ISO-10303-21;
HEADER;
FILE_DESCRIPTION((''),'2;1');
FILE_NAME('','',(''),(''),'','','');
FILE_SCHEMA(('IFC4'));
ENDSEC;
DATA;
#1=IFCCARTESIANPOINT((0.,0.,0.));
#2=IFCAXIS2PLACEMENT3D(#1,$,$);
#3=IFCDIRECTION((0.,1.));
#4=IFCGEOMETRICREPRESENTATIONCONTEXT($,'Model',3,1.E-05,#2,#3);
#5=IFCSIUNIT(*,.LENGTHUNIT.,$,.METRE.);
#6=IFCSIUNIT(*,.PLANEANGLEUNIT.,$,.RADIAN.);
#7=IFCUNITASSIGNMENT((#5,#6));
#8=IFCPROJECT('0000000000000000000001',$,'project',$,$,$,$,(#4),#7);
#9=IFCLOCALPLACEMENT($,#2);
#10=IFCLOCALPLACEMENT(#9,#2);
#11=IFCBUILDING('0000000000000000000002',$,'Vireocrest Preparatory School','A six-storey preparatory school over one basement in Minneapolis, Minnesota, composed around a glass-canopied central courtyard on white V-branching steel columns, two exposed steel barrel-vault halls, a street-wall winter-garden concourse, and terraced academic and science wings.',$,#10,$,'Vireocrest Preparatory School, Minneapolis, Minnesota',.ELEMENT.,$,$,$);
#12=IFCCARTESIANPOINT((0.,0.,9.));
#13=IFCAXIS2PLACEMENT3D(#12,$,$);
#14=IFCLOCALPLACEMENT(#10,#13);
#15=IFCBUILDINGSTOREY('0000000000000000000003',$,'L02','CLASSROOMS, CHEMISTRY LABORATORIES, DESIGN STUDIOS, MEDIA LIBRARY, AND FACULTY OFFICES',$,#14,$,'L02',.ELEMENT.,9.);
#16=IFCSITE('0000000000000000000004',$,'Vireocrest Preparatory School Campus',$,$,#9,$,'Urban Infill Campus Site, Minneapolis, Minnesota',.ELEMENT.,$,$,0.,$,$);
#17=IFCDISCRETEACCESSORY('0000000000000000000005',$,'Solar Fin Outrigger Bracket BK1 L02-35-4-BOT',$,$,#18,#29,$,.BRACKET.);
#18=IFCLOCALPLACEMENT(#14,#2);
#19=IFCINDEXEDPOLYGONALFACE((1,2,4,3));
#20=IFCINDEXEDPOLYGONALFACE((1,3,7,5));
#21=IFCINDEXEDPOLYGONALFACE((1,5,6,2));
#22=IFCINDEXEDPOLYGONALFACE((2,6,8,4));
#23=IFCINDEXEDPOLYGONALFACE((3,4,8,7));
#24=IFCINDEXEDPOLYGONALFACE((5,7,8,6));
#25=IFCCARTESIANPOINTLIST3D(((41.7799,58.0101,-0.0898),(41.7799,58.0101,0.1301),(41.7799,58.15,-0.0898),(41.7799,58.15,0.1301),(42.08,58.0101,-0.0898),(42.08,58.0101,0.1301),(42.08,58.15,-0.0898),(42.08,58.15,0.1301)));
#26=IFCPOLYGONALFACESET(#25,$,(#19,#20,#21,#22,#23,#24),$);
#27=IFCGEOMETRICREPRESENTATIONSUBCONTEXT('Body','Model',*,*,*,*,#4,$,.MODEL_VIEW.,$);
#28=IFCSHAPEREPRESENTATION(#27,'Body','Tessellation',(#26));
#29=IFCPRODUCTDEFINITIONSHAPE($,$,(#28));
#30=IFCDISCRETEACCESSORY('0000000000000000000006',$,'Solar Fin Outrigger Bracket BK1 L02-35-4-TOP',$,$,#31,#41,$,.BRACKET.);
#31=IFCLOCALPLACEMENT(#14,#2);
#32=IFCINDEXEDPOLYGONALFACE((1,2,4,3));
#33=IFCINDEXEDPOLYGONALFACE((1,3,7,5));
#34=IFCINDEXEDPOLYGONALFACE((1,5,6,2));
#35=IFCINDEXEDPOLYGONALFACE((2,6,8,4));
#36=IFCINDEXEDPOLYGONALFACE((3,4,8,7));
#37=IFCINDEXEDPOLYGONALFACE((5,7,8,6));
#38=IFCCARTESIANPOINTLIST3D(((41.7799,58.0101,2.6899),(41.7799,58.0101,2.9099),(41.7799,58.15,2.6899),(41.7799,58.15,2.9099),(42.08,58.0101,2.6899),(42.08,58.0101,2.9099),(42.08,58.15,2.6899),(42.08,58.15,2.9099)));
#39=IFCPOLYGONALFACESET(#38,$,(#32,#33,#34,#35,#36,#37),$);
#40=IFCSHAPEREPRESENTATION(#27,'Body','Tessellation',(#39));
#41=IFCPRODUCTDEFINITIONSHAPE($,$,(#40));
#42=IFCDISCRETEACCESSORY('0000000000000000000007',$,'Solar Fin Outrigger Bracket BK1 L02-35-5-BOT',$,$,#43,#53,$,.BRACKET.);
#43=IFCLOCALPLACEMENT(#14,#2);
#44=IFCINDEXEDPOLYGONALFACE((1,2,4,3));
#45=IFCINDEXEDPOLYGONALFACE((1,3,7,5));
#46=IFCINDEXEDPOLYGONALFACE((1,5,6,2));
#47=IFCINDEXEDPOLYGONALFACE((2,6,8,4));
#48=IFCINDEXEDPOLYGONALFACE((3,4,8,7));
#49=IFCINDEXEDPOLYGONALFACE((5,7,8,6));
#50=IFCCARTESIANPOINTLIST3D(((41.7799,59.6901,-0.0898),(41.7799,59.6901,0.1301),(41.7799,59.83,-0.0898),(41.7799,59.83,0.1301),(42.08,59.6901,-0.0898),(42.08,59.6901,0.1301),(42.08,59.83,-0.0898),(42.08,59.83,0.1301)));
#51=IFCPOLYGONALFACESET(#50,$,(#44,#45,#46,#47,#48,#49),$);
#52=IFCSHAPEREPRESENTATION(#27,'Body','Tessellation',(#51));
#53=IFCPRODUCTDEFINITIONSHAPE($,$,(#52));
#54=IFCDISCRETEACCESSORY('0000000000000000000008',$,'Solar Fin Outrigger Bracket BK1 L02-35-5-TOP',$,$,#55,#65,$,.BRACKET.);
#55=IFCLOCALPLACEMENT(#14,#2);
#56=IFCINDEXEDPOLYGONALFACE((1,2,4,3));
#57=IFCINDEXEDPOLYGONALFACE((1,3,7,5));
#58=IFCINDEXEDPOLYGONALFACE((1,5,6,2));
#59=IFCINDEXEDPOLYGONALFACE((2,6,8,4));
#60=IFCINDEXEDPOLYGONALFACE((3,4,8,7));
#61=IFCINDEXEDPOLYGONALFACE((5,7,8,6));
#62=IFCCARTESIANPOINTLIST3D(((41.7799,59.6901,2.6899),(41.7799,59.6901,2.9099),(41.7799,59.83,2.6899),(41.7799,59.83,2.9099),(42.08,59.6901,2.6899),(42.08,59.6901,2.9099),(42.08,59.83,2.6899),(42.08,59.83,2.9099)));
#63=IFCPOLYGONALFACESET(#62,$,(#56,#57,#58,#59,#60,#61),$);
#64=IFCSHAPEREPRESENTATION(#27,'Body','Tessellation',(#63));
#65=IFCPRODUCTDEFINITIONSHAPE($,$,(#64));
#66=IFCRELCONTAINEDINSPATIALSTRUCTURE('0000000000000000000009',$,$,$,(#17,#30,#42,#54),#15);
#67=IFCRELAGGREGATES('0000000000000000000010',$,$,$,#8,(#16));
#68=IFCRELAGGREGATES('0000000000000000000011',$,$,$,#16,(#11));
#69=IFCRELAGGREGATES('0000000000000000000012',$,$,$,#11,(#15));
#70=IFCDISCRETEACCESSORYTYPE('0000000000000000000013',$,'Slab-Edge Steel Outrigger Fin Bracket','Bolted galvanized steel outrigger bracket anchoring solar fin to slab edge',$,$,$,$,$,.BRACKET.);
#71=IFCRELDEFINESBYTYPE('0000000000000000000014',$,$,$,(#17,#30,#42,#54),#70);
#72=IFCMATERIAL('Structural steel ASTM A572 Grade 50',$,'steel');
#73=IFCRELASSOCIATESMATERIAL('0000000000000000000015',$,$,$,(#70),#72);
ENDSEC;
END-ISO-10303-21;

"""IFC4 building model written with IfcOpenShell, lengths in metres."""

from ifc_helpers import new_model, si_unit, direction, frame, origin, origin_2d, place, context, subcontext, project, spatial, rectangle, extrude, material, type_object, element, save


model = new_model("IFC4")

# Units and contexts
model_context = context("Model", 3, precision=1e-05, world=origin(), true_north=direction((0.0, 1.0)))
body_context = subcontext(model_context, "Body", "Model", "MODEL_VIEW")
ifc_project = project(units=[si_unit("LENGTHUNIT", "METRE"), si_unit("PLANEANGLEUNIT", "RADIAN")], contexts=[model_context])

# Site, building, storey
site_placement = place(None, origin())
site = spatial("IfcSite", under=ifc_project, at=site_placement, Name="Vireocrest Preparatory School Campus", LongName="Urban Infill Campus Site, Minneapolis, Minnesota", CompositionType="ELEMENT", RefElevation=0.0)
building_placement = place(site_placement, origin())
building = spatial("IfcBuilding", under=site, at=building_placement, Name="Vireocrest Preparatory School", Description="A six-storey preparatory school over one basement in Minneapolis, Minnesota, composed around a glass-canopied central courtyard on white V-branching steel columns, two exposed steel barrel-vault halls, a street-wall winter-garden concourse, and terraced academic and science wings.", LongName="Vireocrest Preparatory School, Minneapolis, Minnesota", CompositionType="ELEMENT")
storey_placement = place(building_placement, frame((0.0, 0.0, 9.0)))
storey = spatial("IfcBuildingStorey", under=building, at=storey_placement, Name="L02", Description="CLASSROOMS, CHEMISTRY LABORATORIES, DESIGN STUDIOS, MEDIA LIBRARY, AND FACULTY OFFICES", LongName="L02", CompositionType="ELEMENT", Elevation=9.0)

# Discrete accessories
ifc_material_1 = material(Name="Structural steel ASTM A572 Grade 50", Category="steel")
discrete_accessory_type = type_object("IfcDiscreteAccessoryType", Name="Slab-Edge Steel Outrigger Fin Bracket", Description="Bolted galvanized steel outrigger bracket anchoring solar fin to slab edge", PredefinedType="BRACKET", material=ifc_material_1)
for number, where, z_axis, x_axis, name in (
    (1, (41.9299, 58.0801, -0.0898), (0.0, 0.0, 1.0), (0.0, 1.0, 0.0), "Solar Fin Outrigger Bracket BK1 L02-35-4-BOT"),
    (2, (41.9299, 58.0801, 2.6899), (0.0, 0.0, 1.0), (0.0, 1.0, 0.0), "Solar Fin Outrigger Bracket BK1 L02-35-4-TOP"),
    (3, (41.9299, 59.76, -0.0898), (0.0, 0.0, 1.0), (0.0, 1.0, 0.0), "Solar Fin Outrigger Bracket BK1 L02-35-5-BOT"),
    (4, (41.9299, 59.76, 2.6899), (0.0, 0.0, 1.0), (0.0, 1.0, 0.0), "Solar Fin Outrigger Bracket BK1 L02-35-5-TOP"),
):
    element("IfcDiscreteAccessory", number, at=place(storey_placement, frame(where, z_axis=z_axis, x_axis=x_axis)), inside=storey, type_object=discrete_accessory_type, Name=name, PredefinedType="BRACKET", context=body_context, shape_type="SweptSolid", body=[
        extrude(rectangle(XDim=0.1399, YDim=0.3, at=origin_2d()), origin(), (0.0, 0.0, 1.0), 0.22),
    ])

save(model, "model.ifc")
